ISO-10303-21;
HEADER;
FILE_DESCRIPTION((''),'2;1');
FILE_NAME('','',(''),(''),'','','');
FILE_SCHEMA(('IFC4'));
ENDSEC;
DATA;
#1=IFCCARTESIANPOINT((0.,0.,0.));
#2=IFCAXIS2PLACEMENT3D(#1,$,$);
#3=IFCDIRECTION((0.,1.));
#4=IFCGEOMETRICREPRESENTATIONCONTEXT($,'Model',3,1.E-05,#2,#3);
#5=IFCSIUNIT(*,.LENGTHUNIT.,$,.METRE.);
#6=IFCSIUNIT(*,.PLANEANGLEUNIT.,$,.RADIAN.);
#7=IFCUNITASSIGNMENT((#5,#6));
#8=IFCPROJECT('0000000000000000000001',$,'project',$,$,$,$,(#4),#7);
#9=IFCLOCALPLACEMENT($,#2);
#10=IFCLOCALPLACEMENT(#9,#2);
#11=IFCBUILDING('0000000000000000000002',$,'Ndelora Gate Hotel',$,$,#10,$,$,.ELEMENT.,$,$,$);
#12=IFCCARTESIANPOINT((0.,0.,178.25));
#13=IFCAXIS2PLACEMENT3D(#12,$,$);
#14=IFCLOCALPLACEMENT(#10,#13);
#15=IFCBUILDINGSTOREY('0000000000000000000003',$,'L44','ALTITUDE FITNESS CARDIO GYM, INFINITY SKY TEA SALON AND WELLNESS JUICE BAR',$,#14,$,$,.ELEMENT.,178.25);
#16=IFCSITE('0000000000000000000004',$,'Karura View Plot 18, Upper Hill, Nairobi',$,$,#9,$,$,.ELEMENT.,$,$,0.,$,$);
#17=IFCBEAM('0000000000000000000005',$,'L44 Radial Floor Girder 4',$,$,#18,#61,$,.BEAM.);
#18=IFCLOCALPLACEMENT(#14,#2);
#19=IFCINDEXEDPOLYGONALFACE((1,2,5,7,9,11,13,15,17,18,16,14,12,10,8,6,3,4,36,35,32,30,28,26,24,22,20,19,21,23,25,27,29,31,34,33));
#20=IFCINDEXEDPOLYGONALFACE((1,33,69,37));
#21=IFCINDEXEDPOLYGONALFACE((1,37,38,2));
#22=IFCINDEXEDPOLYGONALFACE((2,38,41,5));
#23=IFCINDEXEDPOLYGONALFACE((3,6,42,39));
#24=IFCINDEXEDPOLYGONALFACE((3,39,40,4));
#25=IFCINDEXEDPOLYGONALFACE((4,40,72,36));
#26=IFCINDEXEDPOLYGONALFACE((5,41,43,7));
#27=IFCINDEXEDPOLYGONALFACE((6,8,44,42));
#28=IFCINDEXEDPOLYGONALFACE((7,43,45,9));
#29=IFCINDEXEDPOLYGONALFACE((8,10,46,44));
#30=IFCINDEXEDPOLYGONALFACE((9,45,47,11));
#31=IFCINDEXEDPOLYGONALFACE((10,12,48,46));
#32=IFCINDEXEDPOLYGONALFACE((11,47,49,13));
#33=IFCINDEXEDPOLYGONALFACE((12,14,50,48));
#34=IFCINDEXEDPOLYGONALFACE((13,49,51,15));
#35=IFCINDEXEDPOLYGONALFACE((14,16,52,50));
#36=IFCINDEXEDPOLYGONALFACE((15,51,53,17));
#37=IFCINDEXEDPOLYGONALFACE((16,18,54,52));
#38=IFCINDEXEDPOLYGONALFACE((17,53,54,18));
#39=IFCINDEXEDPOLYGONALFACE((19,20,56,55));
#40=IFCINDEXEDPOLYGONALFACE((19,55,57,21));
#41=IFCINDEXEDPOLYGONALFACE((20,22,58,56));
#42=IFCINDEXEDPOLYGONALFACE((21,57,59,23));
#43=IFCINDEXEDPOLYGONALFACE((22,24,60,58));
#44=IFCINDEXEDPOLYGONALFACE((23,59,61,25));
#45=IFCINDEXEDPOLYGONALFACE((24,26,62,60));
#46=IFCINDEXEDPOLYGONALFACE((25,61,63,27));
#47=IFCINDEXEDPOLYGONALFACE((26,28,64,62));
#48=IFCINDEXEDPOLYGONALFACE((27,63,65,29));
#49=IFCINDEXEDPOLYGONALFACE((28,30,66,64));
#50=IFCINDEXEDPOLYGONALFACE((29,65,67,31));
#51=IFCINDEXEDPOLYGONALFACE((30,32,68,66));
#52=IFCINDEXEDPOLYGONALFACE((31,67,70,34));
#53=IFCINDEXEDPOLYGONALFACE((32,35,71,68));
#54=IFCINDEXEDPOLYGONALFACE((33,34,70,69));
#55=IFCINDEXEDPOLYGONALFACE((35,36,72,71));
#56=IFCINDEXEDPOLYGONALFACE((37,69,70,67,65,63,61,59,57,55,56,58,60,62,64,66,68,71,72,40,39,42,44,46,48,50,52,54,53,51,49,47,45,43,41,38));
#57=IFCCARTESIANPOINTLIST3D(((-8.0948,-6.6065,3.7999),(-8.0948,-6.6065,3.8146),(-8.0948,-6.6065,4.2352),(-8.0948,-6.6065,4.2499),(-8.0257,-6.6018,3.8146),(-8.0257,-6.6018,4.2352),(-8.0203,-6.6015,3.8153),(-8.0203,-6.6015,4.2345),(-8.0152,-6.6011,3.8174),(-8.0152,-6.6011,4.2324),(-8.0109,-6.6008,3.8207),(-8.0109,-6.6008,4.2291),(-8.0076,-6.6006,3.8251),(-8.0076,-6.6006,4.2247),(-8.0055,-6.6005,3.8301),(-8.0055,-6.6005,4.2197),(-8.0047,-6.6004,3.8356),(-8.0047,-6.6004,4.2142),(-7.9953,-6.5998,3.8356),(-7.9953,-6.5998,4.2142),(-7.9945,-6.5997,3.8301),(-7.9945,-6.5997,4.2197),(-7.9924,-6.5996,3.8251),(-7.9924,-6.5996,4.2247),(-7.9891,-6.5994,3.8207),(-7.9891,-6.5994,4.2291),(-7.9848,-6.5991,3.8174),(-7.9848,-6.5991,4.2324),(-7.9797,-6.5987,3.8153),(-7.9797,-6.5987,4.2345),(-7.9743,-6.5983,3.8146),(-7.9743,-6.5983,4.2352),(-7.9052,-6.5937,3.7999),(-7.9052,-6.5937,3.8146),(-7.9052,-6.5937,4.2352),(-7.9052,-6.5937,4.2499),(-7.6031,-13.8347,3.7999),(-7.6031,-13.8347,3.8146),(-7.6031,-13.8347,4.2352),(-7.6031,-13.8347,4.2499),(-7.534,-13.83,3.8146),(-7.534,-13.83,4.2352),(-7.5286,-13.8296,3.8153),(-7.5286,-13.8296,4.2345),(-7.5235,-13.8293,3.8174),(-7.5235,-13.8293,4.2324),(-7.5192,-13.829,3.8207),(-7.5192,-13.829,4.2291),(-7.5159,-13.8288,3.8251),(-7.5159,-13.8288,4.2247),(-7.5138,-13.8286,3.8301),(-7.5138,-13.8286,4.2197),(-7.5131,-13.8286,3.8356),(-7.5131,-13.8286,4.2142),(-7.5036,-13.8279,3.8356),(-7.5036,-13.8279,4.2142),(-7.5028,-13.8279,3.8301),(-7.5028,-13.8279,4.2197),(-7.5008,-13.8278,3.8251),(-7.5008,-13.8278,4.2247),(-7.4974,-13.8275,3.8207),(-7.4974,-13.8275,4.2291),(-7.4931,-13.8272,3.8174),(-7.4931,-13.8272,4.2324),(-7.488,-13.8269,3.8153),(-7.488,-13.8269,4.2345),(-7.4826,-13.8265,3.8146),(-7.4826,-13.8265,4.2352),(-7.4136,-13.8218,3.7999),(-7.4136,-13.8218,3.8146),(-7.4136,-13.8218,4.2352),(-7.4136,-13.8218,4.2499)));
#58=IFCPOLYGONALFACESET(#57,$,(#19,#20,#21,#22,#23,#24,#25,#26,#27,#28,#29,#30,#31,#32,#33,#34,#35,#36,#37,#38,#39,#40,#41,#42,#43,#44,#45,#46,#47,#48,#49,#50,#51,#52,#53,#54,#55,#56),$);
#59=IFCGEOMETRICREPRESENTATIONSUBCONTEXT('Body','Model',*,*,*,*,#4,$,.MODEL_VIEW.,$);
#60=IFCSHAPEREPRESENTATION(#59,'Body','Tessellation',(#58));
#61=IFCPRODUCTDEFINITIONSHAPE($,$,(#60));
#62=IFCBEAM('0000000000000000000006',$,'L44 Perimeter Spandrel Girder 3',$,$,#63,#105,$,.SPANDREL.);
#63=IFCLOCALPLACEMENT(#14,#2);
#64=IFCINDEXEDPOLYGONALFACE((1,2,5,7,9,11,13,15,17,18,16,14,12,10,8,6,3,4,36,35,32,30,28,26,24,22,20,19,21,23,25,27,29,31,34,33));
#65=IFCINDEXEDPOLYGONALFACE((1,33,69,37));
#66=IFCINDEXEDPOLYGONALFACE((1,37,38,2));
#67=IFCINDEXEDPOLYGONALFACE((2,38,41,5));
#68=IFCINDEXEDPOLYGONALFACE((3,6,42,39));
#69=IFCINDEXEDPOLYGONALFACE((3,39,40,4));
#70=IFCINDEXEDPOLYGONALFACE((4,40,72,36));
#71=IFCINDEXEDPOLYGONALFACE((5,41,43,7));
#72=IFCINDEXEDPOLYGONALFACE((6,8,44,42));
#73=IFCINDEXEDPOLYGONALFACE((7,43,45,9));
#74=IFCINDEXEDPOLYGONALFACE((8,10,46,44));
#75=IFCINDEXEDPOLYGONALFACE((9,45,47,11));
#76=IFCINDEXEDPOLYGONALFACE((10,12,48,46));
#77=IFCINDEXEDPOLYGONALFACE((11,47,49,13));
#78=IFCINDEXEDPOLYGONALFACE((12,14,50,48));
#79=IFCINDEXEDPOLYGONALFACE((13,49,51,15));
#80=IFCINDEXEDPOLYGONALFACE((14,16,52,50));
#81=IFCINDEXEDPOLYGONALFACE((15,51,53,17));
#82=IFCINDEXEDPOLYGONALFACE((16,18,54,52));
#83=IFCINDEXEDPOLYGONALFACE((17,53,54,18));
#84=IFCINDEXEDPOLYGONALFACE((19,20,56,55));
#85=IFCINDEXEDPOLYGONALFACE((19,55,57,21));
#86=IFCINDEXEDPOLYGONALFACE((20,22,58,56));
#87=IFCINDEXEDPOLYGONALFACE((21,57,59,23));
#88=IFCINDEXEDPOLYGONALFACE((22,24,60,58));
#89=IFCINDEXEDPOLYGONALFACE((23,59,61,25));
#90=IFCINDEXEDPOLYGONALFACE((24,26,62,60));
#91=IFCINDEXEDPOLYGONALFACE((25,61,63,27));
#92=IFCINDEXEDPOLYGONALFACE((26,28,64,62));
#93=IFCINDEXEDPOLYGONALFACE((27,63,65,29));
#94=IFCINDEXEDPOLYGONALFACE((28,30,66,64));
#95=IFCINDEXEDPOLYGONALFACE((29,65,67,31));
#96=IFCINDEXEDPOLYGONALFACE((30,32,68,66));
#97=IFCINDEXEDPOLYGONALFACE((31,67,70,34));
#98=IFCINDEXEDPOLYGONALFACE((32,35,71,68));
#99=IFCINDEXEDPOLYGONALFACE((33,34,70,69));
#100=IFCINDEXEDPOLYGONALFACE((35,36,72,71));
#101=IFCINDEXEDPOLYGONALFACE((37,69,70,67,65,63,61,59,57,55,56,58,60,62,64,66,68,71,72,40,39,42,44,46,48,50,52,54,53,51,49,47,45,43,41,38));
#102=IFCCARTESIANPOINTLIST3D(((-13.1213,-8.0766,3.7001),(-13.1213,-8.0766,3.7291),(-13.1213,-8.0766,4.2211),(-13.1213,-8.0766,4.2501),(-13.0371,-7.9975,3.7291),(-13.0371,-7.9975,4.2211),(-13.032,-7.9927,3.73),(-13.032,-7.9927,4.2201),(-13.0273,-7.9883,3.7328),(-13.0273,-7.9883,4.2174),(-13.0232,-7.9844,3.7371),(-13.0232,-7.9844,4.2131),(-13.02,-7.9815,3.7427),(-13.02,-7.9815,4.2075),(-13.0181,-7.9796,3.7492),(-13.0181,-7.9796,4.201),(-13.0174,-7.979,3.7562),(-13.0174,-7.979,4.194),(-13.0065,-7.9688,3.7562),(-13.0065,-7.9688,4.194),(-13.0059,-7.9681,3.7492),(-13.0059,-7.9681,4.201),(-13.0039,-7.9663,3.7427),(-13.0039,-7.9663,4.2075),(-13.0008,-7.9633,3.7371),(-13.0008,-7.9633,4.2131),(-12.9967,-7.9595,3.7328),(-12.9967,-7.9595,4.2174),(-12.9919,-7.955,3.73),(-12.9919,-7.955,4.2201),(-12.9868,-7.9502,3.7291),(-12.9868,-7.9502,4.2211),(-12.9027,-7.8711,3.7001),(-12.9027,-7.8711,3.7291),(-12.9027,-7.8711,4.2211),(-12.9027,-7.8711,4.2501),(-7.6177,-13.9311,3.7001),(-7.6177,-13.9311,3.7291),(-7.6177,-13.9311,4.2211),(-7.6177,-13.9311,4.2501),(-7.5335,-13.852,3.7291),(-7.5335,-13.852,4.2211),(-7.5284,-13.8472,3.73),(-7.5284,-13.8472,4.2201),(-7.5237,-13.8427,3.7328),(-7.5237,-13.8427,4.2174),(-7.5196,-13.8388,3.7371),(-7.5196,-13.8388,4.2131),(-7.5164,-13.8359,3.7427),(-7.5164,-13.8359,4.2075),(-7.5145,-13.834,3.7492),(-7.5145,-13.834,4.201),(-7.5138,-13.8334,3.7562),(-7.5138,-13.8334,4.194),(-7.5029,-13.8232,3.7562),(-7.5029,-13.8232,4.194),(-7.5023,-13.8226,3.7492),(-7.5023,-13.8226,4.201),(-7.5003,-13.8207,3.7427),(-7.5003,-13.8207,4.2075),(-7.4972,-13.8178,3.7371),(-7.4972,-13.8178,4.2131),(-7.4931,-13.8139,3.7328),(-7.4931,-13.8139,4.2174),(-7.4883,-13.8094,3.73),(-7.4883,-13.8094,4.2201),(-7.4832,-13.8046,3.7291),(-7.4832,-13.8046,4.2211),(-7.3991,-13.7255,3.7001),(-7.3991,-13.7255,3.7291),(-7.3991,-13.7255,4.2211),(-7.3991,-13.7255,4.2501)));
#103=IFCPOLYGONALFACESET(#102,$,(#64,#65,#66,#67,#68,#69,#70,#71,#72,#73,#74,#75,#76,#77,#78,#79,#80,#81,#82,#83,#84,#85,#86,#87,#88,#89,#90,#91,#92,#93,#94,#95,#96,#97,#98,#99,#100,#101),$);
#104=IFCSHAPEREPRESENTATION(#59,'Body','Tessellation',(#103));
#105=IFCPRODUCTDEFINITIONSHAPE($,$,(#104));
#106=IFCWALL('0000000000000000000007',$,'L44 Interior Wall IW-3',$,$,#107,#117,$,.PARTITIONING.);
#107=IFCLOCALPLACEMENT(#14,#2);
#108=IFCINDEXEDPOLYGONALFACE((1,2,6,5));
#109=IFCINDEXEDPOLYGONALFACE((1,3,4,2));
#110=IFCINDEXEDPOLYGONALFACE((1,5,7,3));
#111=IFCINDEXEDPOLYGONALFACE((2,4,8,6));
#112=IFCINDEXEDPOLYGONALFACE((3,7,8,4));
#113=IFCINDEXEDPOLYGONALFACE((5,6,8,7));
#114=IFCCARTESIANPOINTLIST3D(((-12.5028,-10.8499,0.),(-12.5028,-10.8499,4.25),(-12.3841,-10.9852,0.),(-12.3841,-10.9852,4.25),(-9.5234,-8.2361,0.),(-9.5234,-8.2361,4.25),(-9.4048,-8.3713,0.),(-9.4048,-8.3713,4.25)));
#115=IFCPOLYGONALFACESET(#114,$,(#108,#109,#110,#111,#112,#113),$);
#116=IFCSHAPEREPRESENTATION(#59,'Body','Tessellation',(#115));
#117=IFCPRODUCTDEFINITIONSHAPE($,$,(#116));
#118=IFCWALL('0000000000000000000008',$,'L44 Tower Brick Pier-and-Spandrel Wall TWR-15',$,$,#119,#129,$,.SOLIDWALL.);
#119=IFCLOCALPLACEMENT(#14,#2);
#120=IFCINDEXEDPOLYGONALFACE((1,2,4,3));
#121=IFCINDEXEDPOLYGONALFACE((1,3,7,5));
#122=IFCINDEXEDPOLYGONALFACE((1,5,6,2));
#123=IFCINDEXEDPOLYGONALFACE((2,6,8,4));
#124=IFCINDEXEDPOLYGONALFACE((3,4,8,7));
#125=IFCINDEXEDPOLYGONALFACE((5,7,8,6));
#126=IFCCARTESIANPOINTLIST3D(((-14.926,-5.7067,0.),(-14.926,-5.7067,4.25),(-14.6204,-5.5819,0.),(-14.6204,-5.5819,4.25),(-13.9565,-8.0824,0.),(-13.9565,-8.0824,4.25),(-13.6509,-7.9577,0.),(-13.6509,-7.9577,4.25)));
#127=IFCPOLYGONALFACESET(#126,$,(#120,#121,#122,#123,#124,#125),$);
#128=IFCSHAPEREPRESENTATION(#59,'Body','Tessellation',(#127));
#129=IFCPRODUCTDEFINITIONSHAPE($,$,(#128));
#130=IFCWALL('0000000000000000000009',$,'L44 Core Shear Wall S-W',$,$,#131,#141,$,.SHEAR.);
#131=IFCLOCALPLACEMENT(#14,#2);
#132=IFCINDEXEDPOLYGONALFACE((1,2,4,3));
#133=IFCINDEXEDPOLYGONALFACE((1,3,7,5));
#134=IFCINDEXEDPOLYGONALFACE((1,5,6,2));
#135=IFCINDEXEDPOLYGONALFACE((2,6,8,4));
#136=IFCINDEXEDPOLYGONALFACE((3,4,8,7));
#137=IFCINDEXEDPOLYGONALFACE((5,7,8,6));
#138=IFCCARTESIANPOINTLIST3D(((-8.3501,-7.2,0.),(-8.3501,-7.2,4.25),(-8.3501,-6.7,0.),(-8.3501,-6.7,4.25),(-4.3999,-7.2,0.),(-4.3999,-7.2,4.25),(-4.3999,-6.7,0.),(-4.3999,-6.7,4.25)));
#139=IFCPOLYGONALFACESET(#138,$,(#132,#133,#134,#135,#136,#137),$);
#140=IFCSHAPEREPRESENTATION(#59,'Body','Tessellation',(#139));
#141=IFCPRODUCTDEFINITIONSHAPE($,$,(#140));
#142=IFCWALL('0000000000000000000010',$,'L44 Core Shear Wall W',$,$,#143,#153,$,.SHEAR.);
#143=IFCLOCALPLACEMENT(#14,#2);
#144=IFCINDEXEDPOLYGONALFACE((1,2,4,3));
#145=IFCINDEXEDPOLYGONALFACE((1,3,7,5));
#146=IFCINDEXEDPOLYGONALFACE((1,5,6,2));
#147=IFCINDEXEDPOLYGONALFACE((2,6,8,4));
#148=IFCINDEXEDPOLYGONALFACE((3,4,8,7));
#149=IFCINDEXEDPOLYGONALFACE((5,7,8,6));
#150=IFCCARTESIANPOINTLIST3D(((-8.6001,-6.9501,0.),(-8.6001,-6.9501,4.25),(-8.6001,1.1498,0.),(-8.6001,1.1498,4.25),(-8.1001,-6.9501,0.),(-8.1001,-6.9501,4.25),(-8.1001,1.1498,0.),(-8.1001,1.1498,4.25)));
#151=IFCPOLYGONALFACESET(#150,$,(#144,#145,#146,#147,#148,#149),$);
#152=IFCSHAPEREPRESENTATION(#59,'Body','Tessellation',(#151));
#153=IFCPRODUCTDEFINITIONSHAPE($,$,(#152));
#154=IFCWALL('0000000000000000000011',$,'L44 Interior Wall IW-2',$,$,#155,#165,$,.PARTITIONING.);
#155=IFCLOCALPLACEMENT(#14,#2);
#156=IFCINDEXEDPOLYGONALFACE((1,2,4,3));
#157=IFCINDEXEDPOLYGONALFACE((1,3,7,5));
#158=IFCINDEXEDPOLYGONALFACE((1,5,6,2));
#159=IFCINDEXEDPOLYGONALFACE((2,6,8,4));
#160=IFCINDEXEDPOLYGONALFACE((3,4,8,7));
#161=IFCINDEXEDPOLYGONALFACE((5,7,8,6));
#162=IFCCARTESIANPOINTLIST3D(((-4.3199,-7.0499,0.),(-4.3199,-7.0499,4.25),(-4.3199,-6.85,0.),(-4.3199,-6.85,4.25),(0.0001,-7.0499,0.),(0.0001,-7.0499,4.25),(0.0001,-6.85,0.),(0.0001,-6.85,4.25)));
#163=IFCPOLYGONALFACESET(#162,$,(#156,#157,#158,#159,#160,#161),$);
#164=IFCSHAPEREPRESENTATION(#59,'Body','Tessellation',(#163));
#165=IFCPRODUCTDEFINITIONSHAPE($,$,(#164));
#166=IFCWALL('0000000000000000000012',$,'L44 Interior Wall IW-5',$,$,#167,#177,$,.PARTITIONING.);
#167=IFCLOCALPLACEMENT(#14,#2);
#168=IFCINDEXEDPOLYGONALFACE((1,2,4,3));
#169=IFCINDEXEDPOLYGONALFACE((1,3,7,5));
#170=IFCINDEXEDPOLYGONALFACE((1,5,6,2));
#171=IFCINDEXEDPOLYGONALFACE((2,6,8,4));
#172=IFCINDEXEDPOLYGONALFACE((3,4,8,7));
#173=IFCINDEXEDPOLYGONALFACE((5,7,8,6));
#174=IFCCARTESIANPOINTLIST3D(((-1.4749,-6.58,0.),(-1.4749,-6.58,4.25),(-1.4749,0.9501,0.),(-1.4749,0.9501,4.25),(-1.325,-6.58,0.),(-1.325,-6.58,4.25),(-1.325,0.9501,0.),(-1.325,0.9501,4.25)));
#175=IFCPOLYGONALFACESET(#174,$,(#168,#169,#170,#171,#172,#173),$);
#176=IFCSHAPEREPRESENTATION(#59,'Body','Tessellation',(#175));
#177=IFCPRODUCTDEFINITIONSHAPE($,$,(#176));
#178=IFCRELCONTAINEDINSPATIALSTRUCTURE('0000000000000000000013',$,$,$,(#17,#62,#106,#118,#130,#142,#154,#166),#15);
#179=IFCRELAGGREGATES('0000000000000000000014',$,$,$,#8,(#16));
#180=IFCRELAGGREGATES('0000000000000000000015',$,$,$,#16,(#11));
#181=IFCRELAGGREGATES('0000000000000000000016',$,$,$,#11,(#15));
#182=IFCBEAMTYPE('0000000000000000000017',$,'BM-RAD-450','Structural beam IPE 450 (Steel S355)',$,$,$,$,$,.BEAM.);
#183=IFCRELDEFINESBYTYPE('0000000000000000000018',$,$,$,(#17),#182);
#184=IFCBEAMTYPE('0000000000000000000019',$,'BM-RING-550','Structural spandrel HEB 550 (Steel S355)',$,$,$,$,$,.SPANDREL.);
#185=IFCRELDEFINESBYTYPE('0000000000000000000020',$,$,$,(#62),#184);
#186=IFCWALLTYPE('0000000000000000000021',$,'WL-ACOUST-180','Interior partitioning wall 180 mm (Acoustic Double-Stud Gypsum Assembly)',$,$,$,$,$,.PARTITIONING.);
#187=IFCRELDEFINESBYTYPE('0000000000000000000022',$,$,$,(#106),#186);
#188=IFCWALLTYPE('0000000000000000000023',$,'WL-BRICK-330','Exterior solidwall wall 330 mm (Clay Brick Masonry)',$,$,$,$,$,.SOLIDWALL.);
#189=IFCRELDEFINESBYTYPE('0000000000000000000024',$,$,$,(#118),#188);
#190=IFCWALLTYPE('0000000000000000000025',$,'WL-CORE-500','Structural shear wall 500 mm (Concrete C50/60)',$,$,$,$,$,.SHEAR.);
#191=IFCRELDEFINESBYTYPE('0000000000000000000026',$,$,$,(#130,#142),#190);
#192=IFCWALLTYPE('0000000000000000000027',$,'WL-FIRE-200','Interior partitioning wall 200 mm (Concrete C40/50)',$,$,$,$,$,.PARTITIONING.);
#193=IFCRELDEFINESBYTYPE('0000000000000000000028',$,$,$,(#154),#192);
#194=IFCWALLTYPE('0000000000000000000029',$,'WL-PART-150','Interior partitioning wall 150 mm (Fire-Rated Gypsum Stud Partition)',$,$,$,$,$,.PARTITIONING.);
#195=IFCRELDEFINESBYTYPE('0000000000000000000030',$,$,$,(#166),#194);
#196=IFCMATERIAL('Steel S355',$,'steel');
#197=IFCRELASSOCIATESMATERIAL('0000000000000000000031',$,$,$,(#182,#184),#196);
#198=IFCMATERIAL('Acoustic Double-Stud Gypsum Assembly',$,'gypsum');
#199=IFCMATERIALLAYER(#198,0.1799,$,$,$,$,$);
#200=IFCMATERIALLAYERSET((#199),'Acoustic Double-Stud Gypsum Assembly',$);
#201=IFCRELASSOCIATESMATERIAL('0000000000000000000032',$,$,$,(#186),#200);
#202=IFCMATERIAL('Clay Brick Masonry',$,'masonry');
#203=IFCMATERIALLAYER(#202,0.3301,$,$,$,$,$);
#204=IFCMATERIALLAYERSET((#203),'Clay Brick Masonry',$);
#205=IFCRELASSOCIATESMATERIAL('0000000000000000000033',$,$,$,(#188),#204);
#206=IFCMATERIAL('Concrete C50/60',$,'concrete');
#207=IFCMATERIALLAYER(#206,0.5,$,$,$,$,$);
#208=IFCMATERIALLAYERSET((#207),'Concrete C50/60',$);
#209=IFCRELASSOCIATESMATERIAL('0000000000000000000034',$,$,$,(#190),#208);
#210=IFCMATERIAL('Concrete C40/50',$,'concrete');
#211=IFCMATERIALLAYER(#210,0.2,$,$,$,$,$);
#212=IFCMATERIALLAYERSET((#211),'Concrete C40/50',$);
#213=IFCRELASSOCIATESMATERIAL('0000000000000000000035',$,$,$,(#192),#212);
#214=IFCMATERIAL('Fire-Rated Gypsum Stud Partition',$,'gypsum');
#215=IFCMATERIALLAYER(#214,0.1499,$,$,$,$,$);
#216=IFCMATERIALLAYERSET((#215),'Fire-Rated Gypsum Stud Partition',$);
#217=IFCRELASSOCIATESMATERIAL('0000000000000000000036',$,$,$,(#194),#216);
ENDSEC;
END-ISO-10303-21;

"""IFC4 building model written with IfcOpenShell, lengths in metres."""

from ifc_helpers import new_model, si_unit, direction, frame, frame_2d, origin, origin_2d, place, context, subcontext, project, spatial, rectangle, i_section, extrude, material, layer, layer_set, material_profile, profile_set, type_object, element, save


model = new_model("IFC4")

# Units and contexts
model_context = context("Model", 3, precision=1e-05, world=origin(), true_north=direction((0.0, 1.0)))
body_context = subcontext(model_context, "Body", "Model", "MODEL_VIEW")
ifc_project = project(units=[si_unit("LENGTHUNIT", "METRE"), si_unit("PLANEANGLEUNIT", "RADIAN")], contexts=[model_context])

# Site, building, storey
site_placement = place(None, origin())
site = spatial("IfcSite", under=ifc_project, at=site_placement, Name="Karura View Plot 18, Upper Hill, Nairobi", CompositionType="ELEMENT", RefElevation=0.0)
building_placement = place(site_placement, origin())
building = spatial("IfcBuilding", under=site, at=building_placement, Name="Ndelora Gate Hotel", CompositionType="ELEMENT")
storey_placement = place(building_placement, frame((0.0, 0.0, 178.25)))
storey = spatial("IfcBuildingStorey", under=building, at=storey_placement, Name="L44", Description="ALTITUDE FITNESS CARDIO GYM, INFINITY SKY TEA SALON AND WELLNESS JUICE BAR", CompositionType="ELEMENT", Elevation=178.25)

# Shared definitions
ifc_material_1 = material(Name="Concrete C50/60", Category="concrete")

# Beams
ifc_material_2 = material(Name="Steel S355", Category="steel")
ifc_material_profile_1 = material_profile(ifc_material_2, i_section(OverallWidth=0.1899, OverallDepth=0.45, WebThickness=0.0095, FlangeThickness=0.0146, FilletRadius=0.021, at=origin_2d()), Name="IPE 450")
ifc_profile_set_1 = profile_set([ifc_material_profile_1], Name="Steel S355")
beam_type_1 = type_object("IfcBeamType", Name="BM-RAD-450", Description="Structural beam IPE 450 (Steel S355)", PredefinedType="BEAM", material=ifc_profile_set_1)
beam_1_placement = place(storey_placement, frame((-8.0, -6.6001, 4.0249), z_axis=(0.067868, -0.997694, 0.0), x_axis=(0.997694, 0.067868, 0.0)))
element("IfcBeam", 1, at=beam_1_placement, inside=storey, type_object=beam_type_1, Name="L44 Radial Floor Girder 4", PredefinedType="BEAM", context=body_context, shape_type="SweptSolid", body=[
    extrude(i_section(OverallWidth=0.1899, OverallDepth=0.45, WebThickness=0.0095, FlangeThickness=0.0146, FilletRadius=0.021, at=origin_2d()), origin(), (0.0, 0.0, 1.0), 7.2449),
])
ifc_material_profile_2 = material_profile(ifc_material_2, i_section(OverallWidth=0.3, OverallDepth=0.55, WebThickness=0.0149, FlangeThickness=0.0291, FilletRadius=0.0271, at=origin_2d()), Name="HEB 550")
ifc_profile_set_2 = profile_set([ifc_material_profile_2], Name="Steel S355")
beam_type_2 = type_object("IfcBeamType", Name="BM-RING-550", Description="Structural spandrel HEB 550 (Steel S355)", PredefinedType="SPANDREL", material=ifc_profile_set_2)
beam_2_placement = place(storey_placement, frame((-13.012, -7.9739, 3.9751), z_axis=(0.684939, -0.7286, 0.0), x_axis=(0.7286, 0.684939, 0.0)))
element("IfcBeam", 2, at=beam_2_placement, inside=storey, type_object=beam_type_2, Name="L44 Perimeter Spandrel Girder 3", PredefinedType="SPANDREL", context=body_context, shape_type="SweptSolid", body=[
    extrude(i_section(OverallWidth=0.3, OverallDepth=0.55, WebThickness=0.0149, FlangeThickness=0.0291, FilletRadius=0.0271, at=origin_2d()), origin(), (0.0, 0.0, 1.0), 8.0352),
])

# Walls
ifc_material_3 = material(Name="Acoustic Double-Stud Gypsum Assembly", Category="gypsum")
ifc_layer_1 = layer(ifc_material_3, 0.1799)
ifc_layer_set_1 = layer_set([ifc_layer_1], Name="Acoustic Double-Stud Gypsum Assembly")
wall_type_1 = type_object("IfcWallType", Name="WL-ACOUST-180", Description="Interior partitioning wall 180 mm (Acoustic Double-Stud Gypsum Assembly)", PredefinedType="PARTITIONING", material=ifc_layer_set_1)
wall_1_placement = place(storey_placement, frame((-9.4641, -8.3037, 0.0), z_axis=(0.0, 0.0, 1.0), x_axis=(-0.75171, -0.659494, 0.0)))
element("IfcWall", 3, at=wall_1_placement, inside=storey, type_object=wall_type_1, Name="L44 Interior Wall IW-3", PredefinedType="PARTITIONING", context=body_context, shape_type="SweptSolid", body=[
    extrude(rectangle(XDim=3.9634, YDim=0.1799, at=frame_2d((1.9817, 0.0))), origin(), (0.0, 0.0, 1.0), 4.25),
])
ifc_material_4 = material(Name="Clay Brick Masonry", Category="masonry")
ifc_layer_2 = layer(ifc_material_4, 0.3301)
ifc_layer_set_2 = layer_set([ifc_layer_2], Name="Clay Brick Masonry")
wall_type_2 = type_object("IfcWallType", Name="WL-BRICK-330", Description="Exterior solidwall wall 330 mm (Clay Brick Masonry)", PredefinedType="SOLIDWALL", material=ifc_layer_set_2)
wall_2_placement = place(storey_placement, frame((-13.8037, -8.02, 0.0), z_axis=(0.0, 0.0, 1.0), x_axis=(-0.377829, 0.925875, 0.0)))
element("IfcWall", 4, at=wall_2_placement, inside=storey, type_object=wall_type_2, Name="L44 Tower Brick Pier-and-Spandrel Wall TWR-15", PredefinedType="SOLIDWALL", context=body_context, shape_type="SweptSolid", body=[
    extrude(rectangle(XDim=2.5659, YDim=0.3301, at=frame_2d((1.283, 0.0))), origin(), (0.0, 0.0, 1.0), 4.25),
])
ifc_layer_3 = layer(ifc_material_1, 0.5)
ifc_layer_set_3 = layer_set([ifc_layer_3], Name="Concrete C50/60")
wall_type_3 = type_object("IfcWallType", Name="WL-CORE-500", Description="Structural shear wall 500 mm (Concrete C50/60)", PredefinedType="SHEAR", material=ifc_layer_set_3)
wall_3_placement = place(storey_placement, frame((-8.3501, -6.95, 0.0), z_axis=(0.0, 0.0, 1.0), x_axis=(1.0, 0.0, 0.0)))
element("IfcWall", 5, at=wall_3_placement, inside=storey, type_object=wall_type_3, Name="L44 Core Shear Wall S-W", PredefinedType="SHEAR", context=body_context, shape_type="SweptSolid", body=[
    extrude(rectangle(XDim=3.9502, YDim=0.5, at=frame_2d((1.9751, 0.0))), origin(), (0.0, 0.0, 1.0), 4.25),
])
wall_4_placement = place(storey_placement, frame((-8.3501, -6.95, 0.0), z_axis=(0.0, 0.0, 1.0), x_axis=(0.0, 1.0, 0.0)))
element("IfcWall", 6, at=wall_4_placement, inside=storey, type_object=wall_type_3, Name="L44 Core Shear Wall W", PredefinedType="SHEAR", context=body_context, shape_type="SweptSolid", body=[
    extrude(rectangle(XDim=8.0999, YDim=0.5, at=frame_2d((4.0498, 0.0))), origin(), (0.0, 0.0, 1.0), 4.25),
])
ifc_material_5 = material(Name="Concrete C40/50", Category="concrete")
ifc_layer_4 = layer(ifc_material_5, 0.2)
ifc_layer_set_4 = layer_set([ifc_layer_4], Name="Concrete C40/50")
wall_type_4 = type_object("IfcWallType", Name="WL-FIRE-200", Description="Interior partitioning wall 200 mm (Concrete C40/50)", PredefinedType="PARTITIONING", material=ifc_layer_set_4)
wall_5_placement = place(storey_placement, frame((-4.3201, -6.95, 0.0), z_axis=(0.0, 0.0, 1.0), x_axis=(1.0, 0.0, 0.0)))
element("IfcWall", 7, at=wall_5_placement, inside=storey, type_object=wall_type_4, Name="L44 Interior Wall IW-2", PredefinedType="PARTITIONING", context=body_context, shape_type="SweptSolid", body=[
    extrude(rectangle(XDim=4.3201, YDim=0.2, at=frame_2d((2.1602, 0.0))), origin(), (0.0, 0.0, 1.0), 4.25),
])
ifc_material_6 = material(Name="Fire-Rated Gypsum Stud Partition", Category="gypsum")
ifc_layer_5 = layer(ifc_material_6, 0.1499)
ifc_layer_set_5 = layer_set([ifc_layer_5], Name="Fire-Rated Gypsum Stud Partition")
wall_type_5 = type_object("IfcWallType", Name="WL-PART-150", Description="Interior partitioning wall 150 mm (Fire-Rated Gypsum Stud Partition)", PredefinedType="PARTITIONING", material=ifc_layer_set_5)
wall_6_placement = place(storey_placement, frame((-1.3999, -6.5801, 0.0), z_axis=(0.0, 0.0, 1.0), x_axis=(0.0, 1.0, 0.0)))
element("IfcWall", 8, at=wall_6_placement, inside=storey, type_object=wall_type_5, Name="L44 Interior Wall IW-5", PredefinedType="PARTITIONING", context=body_context, shape_type="SweptSolid", body=[
    extrude(rectangle(XDim=7.53, YDim=0.1499, at=frame_2d((3.7651, 0.0))), origin(), (0.0, 0.0, 1.0), 4.25),
])

save(model, "model.ifc")
